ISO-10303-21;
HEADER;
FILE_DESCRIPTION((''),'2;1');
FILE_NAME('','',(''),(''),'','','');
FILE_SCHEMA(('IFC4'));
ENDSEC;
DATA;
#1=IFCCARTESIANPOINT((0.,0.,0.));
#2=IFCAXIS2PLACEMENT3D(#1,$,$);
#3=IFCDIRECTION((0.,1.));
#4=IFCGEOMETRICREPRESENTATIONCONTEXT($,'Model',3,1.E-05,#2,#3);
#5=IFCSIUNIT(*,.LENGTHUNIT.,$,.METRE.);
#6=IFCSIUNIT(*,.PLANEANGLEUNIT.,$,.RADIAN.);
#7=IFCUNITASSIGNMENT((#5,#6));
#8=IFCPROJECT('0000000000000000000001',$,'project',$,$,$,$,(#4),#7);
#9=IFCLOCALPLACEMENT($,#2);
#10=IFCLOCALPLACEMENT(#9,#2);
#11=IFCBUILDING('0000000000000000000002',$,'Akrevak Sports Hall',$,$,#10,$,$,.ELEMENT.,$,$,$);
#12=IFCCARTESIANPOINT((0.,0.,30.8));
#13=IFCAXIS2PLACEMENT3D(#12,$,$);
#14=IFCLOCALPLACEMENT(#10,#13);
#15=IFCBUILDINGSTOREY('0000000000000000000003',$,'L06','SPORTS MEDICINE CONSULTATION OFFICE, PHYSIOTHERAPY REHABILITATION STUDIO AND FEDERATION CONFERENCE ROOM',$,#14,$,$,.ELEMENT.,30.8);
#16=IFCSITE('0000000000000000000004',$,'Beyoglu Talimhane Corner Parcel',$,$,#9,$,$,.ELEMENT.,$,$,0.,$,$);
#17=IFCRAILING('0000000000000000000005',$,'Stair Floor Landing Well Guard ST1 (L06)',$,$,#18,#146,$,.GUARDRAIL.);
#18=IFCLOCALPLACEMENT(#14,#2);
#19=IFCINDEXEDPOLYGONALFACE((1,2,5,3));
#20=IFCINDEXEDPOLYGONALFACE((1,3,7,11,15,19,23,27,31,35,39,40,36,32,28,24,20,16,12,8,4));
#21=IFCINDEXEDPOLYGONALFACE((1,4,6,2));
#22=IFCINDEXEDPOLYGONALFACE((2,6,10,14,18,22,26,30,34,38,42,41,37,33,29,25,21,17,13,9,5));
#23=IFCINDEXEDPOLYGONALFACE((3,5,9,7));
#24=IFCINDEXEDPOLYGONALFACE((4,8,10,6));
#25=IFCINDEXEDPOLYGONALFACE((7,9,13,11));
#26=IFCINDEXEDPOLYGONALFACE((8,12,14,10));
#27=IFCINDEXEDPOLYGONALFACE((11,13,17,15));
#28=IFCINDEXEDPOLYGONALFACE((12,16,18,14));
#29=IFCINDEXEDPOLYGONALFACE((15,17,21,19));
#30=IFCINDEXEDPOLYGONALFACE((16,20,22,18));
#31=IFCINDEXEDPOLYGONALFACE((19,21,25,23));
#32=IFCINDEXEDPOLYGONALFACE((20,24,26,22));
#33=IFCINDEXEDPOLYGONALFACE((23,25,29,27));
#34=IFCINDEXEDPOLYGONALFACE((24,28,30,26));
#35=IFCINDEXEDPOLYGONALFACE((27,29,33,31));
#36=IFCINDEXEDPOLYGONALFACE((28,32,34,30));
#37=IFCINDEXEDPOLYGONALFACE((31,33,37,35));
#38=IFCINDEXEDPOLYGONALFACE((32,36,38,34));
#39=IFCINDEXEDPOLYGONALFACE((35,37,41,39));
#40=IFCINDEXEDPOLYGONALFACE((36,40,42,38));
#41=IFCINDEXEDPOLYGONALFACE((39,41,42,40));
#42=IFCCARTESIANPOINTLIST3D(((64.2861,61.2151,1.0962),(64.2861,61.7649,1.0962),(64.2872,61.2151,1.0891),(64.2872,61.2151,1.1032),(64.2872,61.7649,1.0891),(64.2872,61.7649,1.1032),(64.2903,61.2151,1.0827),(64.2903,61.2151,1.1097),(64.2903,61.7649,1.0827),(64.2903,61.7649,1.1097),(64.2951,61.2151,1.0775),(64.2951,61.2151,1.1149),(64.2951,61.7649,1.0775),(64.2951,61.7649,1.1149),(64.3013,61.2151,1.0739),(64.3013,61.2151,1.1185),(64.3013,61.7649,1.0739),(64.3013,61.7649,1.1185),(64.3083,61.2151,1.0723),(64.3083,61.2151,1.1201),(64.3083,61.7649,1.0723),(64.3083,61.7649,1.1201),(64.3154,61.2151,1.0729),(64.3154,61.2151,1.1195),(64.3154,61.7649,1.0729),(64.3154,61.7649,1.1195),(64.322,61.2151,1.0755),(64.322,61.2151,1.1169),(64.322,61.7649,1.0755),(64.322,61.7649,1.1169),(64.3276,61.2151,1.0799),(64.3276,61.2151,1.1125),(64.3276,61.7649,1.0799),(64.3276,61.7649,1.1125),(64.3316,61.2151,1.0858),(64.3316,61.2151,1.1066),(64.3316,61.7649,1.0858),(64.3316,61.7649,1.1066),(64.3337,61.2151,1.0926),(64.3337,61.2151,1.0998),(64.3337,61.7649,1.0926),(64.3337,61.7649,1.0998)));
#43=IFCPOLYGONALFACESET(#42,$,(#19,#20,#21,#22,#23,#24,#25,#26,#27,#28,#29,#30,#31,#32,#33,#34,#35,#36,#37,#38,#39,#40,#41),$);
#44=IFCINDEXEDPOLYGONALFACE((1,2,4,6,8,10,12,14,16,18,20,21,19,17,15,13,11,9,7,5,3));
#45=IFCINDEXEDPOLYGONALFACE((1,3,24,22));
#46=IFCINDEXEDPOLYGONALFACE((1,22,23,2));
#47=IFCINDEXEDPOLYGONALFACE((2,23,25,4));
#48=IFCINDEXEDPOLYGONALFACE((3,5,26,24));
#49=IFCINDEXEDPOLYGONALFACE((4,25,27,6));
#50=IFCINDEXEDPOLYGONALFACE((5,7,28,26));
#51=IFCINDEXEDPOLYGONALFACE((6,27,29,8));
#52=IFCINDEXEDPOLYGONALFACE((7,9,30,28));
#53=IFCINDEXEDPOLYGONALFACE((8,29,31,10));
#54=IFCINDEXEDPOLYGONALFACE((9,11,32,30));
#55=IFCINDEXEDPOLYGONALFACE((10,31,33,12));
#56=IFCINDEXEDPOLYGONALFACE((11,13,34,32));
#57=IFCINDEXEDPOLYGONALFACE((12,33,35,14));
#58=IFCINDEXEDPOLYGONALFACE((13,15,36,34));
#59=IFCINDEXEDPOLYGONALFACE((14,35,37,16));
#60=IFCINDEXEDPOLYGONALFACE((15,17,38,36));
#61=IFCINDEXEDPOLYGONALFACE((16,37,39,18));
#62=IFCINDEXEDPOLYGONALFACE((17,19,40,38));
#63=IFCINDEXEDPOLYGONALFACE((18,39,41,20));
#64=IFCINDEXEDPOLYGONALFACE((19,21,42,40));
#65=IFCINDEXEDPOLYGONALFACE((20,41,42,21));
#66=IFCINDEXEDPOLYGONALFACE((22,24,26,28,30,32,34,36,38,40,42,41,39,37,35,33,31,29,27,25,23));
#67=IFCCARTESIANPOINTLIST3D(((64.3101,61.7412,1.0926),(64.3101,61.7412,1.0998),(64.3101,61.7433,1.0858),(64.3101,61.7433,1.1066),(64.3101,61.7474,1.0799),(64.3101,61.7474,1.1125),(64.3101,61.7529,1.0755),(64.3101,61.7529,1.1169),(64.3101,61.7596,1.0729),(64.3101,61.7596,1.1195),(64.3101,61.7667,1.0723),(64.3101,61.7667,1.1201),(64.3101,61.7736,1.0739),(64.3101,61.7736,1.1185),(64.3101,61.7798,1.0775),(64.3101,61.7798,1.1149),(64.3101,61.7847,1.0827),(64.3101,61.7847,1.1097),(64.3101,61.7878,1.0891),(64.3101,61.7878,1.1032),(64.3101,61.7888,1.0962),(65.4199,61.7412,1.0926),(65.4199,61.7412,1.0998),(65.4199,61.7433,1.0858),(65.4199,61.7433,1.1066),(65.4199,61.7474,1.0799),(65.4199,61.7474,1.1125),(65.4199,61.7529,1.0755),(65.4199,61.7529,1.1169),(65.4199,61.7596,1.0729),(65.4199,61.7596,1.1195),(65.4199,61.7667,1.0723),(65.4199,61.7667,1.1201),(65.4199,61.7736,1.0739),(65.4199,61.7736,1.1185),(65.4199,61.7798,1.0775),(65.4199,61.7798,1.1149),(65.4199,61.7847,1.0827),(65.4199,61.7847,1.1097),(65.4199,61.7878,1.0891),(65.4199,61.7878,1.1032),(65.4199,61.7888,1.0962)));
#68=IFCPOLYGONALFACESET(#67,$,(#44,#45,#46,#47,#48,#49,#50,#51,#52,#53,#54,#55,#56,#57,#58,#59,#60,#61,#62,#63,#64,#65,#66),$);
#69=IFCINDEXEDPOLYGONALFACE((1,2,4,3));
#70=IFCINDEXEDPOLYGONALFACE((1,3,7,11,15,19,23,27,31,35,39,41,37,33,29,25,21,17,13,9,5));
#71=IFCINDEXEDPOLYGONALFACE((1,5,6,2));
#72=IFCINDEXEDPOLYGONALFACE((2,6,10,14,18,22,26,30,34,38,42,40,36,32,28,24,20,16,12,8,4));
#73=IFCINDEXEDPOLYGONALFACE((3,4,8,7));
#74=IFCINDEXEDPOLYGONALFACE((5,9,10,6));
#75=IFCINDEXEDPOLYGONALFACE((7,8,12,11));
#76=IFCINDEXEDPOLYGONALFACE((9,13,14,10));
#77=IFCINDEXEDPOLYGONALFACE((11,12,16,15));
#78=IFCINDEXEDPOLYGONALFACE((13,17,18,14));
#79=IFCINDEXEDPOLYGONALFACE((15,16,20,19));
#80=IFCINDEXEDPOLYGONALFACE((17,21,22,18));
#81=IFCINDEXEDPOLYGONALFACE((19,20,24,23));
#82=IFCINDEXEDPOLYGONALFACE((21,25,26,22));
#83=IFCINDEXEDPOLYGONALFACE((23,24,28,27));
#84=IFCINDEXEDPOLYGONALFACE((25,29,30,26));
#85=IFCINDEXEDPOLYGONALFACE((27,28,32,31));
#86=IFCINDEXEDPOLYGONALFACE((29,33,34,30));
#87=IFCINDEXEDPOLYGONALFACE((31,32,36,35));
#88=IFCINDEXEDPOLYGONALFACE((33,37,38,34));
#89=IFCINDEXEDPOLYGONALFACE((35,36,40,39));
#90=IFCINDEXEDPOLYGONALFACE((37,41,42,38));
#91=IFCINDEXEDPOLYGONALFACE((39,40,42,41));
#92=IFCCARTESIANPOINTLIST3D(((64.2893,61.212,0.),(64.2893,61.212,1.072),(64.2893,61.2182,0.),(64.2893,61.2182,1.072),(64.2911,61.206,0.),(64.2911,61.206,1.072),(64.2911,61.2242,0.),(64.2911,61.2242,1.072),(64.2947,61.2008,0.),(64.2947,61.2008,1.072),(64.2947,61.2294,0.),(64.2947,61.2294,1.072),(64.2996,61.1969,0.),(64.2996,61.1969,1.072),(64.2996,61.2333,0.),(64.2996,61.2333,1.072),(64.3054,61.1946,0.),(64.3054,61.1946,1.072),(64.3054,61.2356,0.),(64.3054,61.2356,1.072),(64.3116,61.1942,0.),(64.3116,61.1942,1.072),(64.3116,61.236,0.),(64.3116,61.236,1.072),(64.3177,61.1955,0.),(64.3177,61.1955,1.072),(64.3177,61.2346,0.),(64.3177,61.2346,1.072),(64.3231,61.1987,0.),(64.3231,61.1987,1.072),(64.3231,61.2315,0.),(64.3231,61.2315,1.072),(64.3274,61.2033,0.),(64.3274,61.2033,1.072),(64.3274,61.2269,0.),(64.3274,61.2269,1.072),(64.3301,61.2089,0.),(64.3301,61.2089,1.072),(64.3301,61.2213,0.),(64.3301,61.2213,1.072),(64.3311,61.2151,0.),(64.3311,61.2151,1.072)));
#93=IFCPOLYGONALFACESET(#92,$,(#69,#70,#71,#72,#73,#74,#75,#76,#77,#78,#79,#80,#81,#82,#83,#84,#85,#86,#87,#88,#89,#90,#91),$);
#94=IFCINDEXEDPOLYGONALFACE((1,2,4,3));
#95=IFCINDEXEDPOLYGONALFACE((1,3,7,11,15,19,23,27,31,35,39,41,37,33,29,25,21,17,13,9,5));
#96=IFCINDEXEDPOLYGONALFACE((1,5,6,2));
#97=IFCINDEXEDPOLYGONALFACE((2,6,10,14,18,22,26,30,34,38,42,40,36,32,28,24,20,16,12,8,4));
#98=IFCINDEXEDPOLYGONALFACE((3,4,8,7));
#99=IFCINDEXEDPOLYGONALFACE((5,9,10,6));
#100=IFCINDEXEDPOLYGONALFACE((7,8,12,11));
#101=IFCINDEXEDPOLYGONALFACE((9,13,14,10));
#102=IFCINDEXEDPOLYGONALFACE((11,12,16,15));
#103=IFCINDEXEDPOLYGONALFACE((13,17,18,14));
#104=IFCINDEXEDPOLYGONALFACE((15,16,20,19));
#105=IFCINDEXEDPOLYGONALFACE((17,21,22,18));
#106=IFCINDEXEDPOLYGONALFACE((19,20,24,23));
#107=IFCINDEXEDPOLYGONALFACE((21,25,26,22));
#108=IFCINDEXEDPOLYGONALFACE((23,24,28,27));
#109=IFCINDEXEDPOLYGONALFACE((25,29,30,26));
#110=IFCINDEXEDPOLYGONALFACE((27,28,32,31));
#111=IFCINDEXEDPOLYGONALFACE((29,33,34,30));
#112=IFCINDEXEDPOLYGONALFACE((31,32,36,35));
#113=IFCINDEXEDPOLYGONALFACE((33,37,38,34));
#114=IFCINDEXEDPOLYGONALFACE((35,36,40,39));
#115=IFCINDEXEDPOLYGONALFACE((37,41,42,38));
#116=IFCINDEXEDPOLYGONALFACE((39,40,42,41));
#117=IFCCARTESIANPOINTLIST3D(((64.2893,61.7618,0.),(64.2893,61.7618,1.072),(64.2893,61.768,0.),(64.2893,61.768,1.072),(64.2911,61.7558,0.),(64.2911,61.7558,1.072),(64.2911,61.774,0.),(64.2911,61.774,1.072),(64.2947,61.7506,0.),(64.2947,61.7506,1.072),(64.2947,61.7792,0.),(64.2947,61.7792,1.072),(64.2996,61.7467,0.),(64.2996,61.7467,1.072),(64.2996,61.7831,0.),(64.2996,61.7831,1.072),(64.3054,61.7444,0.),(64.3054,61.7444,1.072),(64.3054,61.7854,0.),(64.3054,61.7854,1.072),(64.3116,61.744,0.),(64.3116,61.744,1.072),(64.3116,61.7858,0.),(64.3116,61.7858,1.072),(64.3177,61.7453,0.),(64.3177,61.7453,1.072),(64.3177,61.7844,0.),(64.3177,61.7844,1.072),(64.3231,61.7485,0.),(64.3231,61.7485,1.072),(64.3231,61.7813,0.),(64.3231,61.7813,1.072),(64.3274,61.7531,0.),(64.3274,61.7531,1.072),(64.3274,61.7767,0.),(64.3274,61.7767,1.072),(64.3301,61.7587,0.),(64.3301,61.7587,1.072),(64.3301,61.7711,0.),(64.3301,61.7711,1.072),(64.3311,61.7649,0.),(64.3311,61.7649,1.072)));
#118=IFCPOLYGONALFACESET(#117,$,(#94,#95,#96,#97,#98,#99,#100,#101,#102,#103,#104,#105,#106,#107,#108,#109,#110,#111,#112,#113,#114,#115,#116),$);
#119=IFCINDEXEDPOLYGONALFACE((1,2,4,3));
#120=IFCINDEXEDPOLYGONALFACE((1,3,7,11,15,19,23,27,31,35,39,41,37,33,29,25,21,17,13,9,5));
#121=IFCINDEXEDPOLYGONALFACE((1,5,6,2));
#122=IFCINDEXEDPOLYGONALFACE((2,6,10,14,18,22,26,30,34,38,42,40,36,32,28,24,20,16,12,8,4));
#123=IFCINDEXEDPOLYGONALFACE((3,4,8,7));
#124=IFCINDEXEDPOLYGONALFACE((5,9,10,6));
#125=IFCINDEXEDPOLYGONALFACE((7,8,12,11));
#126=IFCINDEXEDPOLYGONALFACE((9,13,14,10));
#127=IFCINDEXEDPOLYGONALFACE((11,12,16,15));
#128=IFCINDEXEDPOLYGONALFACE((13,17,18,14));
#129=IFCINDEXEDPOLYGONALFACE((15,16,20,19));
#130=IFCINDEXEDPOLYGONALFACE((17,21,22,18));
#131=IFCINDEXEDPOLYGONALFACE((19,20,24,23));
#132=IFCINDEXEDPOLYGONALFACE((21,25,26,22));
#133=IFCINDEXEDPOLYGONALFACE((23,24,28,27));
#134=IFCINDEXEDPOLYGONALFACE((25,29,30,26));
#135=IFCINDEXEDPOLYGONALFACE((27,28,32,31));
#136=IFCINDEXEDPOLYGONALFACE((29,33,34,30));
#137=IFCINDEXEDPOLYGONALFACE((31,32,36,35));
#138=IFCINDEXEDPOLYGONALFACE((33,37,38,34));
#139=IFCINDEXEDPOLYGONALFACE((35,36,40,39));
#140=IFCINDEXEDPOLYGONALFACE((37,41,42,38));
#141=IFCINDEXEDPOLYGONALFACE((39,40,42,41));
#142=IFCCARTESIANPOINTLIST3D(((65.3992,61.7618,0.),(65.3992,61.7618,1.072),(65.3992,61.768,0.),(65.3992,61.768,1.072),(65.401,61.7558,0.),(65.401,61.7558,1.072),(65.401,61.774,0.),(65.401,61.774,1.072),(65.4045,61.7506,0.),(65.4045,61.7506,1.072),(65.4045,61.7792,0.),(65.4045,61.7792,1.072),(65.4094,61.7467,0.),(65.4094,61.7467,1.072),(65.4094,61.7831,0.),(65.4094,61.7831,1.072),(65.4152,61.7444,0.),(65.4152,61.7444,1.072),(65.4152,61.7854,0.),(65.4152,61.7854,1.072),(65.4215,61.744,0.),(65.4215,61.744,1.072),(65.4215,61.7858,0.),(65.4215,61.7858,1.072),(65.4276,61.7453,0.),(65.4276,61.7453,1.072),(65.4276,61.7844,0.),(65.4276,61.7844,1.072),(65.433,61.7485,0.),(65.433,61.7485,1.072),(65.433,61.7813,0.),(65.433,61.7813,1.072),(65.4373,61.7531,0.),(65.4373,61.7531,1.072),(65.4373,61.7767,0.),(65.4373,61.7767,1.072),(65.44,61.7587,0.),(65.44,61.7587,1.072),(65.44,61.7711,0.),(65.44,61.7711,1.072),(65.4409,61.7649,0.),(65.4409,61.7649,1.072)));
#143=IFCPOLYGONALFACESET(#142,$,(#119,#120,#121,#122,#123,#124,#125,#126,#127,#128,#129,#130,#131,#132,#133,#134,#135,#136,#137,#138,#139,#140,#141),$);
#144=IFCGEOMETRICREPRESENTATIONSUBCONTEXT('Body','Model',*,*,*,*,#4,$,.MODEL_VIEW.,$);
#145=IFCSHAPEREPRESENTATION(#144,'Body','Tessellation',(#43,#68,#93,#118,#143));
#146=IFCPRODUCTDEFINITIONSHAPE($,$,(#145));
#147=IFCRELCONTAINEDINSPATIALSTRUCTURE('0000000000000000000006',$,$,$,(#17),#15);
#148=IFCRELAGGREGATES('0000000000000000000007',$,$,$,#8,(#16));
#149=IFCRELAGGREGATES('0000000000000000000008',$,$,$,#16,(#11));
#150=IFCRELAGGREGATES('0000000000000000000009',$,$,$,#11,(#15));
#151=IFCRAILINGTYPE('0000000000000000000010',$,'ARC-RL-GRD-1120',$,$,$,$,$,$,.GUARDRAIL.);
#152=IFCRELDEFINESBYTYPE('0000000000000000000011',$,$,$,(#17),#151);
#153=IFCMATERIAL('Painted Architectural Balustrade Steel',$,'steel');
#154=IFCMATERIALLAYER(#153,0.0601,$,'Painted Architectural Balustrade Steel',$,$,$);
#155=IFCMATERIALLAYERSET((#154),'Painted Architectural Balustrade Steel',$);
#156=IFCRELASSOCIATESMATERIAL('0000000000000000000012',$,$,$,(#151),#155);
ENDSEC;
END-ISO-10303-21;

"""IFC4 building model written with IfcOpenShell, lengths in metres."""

from ifc_helpers import new_model, si_unit, direction, frame, origin, origin_2d, place, context, subcontext, project, spatial, circle, extrude, material, layer, layer_set, type_object, element, save


model = new_model("IFC4")

# Units and contexts
model_context = context("Model", 3, precision=1e-05, world=origin(), true_north=direction((0.0, 1.0)))
body_context = subcontext(model_context, "Body", "Model", "MODEL_VIEW")
ifc_project = project(units=[si_unit("LENGTHUNIT", "METRE"), si_unit("PLANEANGLEUNIT", "RADIAN")], contexts=[model_context])

# Site, building, storey
site_placement = place(None, origin())
site = spatial("IfcSite", under=ifc_project, at=site_placement, Name="Beyoglu Talimhane Corner Parcel", CompositionType="ELEMENT", RefElevation=0.0)
building_placement = place(site_placement, origin())
building = spatial("IfcBuilding", under=site, at=building_placement, Name="Akrevak Sports Hall", CompositionType="ELEMENT")
storey_placement = place(building_placement, frame((0.0, 0.0, 30.8)))
storey = spatial("IfcBuildingStorey", under=building, at=storey_placement, Name="L06", Description="SPORTS MEDICINE CONSULTATION OFFICE, PHYSIOTHERAPY REHABILITATION STUDIO AND FEDERATION CONFERENCE ROOM", CompositionType="ELEMENT", Elevation=30.8)

# Railing
ifc_material_1 = material(Name="Painted Architectural Balustrade Steel", Category="steel")
ifc_layer_1 = layer(ifc_material_1, 0.0601, Name="Painted Architectural Balustrade Steel")
ifc_layer_set_1 = layer_set([ifc_layer_1], Name="Painted Architectural Balustrade Steel")
railing_type_1 = type_object("IfcRailingType", Name="ARC-RL-GRD-1120", PredefinedType="GUARDRAIL", material=ifc_layer_set_1)
railing_1_placement = place(storey_placement, frame((64.3101, 61.2151, 0.0)))
element("IfcRailing", 1, at=railing_1_placement, inside=storey, type_object=railing_type_1, Name="Stair Floor Landing Well Guard ST1 (L06)", PredefinedType="GUARDRAIL", context=body_context, shape_type="SweptSolid", body=[
    extrude(circle(Radius=0.0239, at=origin_2d()), frame((0.0, 0.0, 1.0962), z_axis=(0.0, 1.0, 0.0), x_axis=(-1.0, 0.0, 0.0)), (0.0, 0.0, 1.0), 0.5498),
    extrude(circle(Radius=0.0239, at=origin_2d()), frame((0.0, 0.5498, 1.0962), z_axis=(1.0, 0.0, 0.0), x_axis=(0.0, 1.0, 0.0)), (0.0, 0.0, 1.0), 1.1099),
    extrude(circle(Radius=0.021, at=origin_2d()), origin(), (0.0, 0.0, 1.0), 1.072),
    extrude(circle(Radius=0.021, at=origin_2d()), frame((0.0, 0.5498, 0.0)), (0.0, 0.0, 1.0), 1.072),
    extrude(circle(Radius=0.021, at=origin_2d()), frame((1.1099, 0.5498, 0.0)), (0.0, 0.0, 1.0), 1.072),
])

save(model, "model.ifc")
